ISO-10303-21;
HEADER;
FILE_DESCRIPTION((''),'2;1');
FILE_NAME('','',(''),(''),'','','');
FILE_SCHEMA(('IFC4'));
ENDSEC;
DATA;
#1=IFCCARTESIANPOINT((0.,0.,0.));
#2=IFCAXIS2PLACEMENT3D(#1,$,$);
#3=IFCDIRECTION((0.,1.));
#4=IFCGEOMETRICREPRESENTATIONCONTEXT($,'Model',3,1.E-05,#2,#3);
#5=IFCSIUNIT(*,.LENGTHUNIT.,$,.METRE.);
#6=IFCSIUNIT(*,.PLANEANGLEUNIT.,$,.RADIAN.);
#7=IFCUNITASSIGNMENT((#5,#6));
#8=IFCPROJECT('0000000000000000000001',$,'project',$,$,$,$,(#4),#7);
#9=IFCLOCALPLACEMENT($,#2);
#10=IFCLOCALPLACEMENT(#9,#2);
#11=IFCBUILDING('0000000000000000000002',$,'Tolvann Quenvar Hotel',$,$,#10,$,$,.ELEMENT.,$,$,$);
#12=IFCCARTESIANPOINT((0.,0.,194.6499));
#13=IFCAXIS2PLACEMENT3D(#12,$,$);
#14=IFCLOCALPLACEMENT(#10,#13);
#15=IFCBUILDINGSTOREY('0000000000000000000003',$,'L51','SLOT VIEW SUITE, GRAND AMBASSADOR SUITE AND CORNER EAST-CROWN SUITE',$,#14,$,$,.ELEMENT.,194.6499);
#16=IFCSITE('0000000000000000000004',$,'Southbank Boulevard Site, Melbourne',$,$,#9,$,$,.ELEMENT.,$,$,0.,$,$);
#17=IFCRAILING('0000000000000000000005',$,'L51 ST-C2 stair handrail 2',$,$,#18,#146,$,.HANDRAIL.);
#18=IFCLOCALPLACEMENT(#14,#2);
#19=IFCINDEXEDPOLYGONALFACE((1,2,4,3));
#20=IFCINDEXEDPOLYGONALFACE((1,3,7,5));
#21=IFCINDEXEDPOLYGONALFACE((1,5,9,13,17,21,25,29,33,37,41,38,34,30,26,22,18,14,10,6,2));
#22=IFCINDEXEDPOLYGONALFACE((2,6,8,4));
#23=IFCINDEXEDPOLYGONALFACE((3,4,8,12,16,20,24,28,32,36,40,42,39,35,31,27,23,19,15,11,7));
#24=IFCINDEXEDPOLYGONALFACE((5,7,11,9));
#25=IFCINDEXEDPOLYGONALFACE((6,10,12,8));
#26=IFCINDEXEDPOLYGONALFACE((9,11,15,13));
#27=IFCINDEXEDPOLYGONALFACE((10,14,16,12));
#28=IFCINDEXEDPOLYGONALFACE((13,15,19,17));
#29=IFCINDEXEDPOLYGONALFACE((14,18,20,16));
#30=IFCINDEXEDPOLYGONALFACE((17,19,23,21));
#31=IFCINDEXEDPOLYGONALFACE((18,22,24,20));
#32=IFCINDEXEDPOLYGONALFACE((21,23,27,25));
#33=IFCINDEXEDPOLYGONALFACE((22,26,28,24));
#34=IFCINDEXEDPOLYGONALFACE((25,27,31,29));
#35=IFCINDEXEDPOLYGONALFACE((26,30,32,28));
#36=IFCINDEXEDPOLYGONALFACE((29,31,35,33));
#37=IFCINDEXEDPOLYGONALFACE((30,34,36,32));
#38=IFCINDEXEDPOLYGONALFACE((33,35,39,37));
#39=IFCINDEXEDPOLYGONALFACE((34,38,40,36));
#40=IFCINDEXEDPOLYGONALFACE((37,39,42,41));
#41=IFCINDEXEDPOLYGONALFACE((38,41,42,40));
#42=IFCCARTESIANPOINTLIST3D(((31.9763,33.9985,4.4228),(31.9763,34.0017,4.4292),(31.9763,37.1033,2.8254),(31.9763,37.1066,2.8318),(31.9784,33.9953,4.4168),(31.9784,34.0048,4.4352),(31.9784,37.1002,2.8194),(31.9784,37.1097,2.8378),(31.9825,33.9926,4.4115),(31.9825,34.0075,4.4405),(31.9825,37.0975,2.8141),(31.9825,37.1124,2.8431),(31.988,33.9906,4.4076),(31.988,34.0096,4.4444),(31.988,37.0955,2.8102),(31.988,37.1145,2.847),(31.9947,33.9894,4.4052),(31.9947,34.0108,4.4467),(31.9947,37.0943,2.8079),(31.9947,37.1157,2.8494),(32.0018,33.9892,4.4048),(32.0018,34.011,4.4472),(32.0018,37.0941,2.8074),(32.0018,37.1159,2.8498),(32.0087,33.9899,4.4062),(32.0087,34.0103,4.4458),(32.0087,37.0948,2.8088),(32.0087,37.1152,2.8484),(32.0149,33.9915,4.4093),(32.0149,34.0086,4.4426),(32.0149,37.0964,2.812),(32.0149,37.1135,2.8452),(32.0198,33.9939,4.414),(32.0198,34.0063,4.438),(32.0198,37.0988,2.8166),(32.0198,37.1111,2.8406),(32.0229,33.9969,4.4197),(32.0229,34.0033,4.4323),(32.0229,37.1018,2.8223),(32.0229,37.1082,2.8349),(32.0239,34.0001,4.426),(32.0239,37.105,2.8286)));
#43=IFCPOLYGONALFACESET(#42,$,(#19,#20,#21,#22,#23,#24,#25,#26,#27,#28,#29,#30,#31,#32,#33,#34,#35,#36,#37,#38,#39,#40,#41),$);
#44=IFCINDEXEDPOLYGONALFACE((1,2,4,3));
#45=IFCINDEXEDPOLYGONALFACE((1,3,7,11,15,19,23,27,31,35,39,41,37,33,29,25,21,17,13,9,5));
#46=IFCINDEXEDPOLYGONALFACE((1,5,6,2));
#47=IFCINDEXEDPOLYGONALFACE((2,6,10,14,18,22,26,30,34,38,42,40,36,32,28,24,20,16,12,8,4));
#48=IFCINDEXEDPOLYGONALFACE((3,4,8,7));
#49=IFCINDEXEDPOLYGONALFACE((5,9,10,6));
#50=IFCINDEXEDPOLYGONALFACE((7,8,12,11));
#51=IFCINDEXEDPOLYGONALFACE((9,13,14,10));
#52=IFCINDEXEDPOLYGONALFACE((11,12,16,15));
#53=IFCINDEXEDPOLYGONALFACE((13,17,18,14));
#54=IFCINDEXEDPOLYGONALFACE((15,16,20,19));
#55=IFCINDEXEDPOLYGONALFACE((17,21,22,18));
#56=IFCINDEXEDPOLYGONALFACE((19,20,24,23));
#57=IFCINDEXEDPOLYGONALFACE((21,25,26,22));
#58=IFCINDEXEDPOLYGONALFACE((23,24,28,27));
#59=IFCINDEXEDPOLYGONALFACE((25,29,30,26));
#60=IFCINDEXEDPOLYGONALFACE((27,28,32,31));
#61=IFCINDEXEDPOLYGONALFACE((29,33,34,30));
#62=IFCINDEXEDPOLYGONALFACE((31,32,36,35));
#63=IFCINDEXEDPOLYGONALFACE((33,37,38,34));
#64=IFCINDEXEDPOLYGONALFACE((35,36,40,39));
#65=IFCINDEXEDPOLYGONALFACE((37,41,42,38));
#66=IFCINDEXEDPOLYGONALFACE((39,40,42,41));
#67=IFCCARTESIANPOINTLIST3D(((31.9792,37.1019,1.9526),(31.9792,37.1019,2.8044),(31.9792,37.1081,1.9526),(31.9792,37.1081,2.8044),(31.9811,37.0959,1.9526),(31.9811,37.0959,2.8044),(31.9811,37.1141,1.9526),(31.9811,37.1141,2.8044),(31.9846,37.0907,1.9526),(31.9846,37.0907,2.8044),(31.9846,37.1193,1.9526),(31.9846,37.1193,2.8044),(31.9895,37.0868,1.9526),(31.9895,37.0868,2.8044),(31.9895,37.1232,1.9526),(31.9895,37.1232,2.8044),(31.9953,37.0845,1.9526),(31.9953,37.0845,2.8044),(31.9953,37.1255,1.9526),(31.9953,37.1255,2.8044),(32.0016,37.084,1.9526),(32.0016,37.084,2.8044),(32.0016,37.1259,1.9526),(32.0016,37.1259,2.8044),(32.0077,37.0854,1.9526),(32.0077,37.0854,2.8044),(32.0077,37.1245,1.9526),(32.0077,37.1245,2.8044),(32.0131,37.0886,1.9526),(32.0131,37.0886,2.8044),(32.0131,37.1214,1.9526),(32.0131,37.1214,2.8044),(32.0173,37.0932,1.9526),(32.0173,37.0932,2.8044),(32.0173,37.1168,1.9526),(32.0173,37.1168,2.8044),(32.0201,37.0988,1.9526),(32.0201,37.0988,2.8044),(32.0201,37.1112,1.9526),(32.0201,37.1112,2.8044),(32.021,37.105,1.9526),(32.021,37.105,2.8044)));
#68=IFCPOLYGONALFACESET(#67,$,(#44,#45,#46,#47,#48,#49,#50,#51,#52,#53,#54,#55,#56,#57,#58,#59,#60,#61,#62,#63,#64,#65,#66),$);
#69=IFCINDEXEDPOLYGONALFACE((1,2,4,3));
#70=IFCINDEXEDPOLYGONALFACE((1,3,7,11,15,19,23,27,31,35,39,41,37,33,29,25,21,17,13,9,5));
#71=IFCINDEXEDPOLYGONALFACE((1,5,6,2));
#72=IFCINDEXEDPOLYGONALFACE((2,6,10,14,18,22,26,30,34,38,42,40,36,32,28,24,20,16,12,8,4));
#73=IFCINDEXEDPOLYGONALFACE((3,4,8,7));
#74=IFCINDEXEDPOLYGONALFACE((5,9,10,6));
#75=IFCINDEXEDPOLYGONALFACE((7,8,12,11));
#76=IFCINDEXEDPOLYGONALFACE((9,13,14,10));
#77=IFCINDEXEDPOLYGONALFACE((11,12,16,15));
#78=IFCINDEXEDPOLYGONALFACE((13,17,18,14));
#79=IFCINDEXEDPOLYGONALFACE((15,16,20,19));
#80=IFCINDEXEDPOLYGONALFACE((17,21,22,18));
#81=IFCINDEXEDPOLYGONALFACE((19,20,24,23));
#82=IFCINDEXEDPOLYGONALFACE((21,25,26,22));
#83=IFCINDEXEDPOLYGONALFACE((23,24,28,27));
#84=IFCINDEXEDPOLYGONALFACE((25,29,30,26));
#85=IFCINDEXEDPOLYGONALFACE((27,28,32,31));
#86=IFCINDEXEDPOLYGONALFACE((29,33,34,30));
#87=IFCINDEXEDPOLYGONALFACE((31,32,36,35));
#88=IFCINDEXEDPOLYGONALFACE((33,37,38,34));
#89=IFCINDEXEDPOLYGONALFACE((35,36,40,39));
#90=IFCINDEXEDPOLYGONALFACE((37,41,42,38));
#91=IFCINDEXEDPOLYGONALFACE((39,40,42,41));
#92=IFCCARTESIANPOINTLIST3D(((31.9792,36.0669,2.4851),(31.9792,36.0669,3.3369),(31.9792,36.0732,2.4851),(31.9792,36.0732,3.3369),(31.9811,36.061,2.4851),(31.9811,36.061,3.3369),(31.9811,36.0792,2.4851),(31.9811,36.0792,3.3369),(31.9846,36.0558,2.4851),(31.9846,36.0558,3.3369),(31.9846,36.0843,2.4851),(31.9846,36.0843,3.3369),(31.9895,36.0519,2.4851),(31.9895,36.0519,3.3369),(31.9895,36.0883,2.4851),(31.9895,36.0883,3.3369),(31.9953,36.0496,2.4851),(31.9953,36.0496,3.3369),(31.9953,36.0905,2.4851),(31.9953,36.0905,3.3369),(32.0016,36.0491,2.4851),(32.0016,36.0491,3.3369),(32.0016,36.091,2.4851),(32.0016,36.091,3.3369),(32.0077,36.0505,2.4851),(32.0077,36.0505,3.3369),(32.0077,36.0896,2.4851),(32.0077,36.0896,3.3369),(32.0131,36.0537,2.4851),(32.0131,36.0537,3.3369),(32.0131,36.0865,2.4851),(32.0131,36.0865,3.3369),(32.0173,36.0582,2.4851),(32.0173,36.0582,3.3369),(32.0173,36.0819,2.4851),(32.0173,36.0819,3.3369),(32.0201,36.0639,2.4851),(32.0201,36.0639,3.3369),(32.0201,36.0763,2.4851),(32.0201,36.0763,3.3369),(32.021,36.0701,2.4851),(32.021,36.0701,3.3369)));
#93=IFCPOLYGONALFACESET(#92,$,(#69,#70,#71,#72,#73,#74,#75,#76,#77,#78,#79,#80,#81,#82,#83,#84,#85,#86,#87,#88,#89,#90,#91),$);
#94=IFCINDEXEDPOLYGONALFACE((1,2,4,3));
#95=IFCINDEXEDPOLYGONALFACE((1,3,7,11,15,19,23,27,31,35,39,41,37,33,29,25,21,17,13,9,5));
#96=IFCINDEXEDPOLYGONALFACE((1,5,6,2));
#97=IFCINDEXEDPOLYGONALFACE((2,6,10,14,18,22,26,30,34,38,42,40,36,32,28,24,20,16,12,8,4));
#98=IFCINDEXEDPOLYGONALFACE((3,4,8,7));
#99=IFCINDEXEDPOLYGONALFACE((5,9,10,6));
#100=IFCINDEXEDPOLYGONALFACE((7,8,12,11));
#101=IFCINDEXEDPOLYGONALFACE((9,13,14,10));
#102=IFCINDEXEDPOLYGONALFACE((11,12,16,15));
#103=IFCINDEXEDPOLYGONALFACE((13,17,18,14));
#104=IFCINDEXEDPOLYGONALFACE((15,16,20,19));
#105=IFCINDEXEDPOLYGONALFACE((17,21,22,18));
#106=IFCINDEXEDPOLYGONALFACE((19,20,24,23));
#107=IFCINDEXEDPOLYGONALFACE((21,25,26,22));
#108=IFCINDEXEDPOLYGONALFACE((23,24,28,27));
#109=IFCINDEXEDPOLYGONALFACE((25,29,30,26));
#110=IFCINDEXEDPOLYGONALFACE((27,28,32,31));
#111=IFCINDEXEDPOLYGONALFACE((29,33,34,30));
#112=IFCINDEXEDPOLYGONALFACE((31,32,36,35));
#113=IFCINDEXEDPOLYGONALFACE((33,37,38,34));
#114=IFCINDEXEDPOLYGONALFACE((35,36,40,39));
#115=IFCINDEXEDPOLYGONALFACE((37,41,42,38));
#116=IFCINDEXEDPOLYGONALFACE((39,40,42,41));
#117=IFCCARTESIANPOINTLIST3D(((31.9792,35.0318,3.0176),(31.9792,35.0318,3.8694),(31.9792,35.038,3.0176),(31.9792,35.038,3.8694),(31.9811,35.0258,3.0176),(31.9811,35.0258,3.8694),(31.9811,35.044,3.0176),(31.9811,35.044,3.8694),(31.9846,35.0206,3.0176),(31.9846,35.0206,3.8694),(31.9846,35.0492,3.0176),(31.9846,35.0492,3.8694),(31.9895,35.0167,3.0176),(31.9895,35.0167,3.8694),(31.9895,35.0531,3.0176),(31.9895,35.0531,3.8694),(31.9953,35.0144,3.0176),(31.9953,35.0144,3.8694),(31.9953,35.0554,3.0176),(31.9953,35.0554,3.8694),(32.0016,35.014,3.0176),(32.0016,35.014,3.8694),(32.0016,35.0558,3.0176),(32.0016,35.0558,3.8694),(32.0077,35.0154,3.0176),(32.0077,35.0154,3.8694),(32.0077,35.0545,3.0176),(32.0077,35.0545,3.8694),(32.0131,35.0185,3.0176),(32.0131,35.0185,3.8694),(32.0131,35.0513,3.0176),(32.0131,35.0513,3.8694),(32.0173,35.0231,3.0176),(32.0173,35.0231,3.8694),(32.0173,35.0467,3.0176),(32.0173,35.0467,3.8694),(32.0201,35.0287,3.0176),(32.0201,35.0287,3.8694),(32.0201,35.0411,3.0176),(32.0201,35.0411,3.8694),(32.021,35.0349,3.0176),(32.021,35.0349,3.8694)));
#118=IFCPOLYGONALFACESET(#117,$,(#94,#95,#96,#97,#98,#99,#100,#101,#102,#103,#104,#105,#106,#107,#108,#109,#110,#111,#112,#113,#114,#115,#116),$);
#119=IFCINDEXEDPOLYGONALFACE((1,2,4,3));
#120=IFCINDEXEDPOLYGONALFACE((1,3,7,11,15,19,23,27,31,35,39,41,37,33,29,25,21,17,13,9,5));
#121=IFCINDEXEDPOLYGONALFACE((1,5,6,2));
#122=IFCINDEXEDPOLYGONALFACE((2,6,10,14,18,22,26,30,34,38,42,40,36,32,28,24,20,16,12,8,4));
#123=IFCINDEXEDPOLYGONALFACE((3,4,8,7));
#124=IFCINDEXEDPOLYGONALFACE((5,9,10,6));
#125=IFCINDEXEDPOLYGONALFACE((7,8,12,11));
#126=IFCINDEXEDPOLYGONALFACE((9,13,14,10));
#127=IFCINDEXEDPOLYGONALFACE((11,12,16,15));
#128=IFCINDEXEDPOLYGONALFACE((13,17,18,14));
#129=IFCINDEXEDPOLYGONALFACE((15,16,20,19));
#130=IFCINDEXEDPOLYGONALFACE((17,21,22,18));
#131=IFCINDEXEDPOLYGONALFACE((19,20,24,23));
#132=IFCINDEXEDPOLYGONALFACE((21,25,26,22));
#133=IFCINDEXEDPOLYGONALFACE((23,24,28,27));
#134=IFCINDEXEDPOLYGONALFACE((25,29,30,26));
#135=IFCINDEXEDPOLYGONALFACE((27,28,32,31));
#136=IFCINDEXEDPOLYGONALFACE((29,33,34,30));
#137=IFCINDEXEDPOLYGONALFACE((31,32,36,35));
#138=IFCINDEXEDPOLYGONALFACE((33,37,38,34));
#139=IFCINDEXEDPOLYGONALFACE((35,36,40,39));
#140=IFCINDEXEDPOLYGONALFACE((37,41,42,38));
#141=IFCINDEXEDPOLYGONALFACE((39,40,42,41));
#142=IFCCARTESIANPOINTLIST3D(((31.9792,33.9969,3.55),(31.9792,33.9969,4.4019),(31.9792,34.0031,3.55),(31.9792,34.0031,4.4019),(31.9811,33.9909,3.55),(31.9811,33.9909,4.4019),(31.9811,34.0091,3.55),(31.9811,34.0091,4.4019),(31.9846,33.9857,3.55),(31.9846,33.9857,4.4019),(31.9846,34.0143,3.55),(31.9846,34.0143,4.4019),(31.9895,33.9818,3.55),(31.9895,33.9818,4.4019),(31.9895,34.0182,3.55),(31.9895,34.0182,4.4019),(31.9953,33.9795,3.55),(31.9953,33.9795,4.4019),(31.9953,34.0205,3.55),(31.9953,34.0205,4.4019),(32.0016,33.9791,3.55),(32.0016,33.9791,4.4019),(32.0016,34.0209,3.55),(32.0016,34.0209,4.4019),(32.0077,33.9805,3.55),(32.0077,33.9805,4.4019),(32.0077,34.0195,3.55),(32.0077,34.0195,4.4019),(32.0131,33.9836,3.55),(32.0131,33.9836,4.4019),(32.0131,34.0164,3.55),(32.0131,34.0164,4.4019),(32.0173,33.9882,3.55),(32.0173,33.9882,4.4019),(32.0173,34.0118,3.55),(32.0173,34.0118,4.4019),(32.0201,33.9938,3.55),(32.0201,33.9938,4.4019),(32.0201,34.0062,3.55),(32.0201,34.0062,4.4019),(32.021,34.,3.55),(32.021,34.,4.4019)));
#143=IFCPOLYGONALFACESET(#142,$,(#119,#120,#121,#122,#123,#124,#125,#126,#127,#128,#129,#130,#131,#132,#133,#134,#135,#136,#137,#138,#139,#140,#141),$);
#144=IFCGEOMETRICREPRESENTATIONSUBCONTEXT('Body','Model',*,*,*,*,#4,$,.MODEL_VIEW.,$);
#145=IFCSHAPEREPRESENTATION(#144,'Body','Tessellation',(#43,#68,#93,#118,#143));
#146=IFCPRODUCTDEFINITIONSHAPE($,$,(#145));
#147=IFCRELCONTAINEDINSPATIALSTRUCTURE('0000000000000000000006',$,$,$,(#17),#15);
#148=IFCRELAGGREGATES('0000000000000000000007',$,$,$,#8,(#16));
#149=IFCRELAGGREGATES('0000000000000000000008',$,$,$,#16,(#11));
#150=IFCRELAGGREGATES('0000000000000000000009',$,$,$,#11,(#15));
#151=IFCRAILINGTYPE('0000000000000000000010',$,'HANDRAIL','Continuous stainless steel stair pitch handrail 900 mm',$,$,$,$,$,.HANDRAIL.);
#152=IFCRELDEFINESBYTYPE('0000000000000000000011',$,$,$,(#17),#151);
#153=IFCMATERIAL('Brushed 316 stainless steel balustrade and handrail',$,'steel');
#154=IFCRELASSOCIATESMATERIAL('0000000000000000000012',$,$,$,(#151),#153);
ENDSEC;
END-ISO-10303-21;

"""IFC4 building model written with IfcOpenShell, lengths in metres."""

from ifc_helpers import new_model, si_unit, direction, frame, origin, origin_2d, place, context, subcontext, project, spatial, circle, extrude, material, type_object, element, save


model = new_model("IFC4")

# Units and contexts
model_context = context("Model", 3, precision=1e-05, world=origin(), true_north=direction((0.0, 1.0)))
body_context = subcontext(model_context, "Body", "Model", "MODEL_VIEW")
ifc_project = project(units=[si_unit("LENGTHUNIT", "METRE"), si_unit("PLANEANGLEUNIT", "RADIAN")], contexts=[model_context])

# Site, building, storey
site_placement = place(None, origin())
site = spatial("IfcSite", under=ifc_project, at=site_placement, Name="Southbank Boulevard Site, Melbourne", CompositionType="ELEMENT", RefElevation=0.0)
building_placement = place(site_placement, origin())
building = spatial("IfcBuilding", under=site, at=building_placement, Name="Tolvann Quenvar Hotel", CompositionType="ELEMENT")
storey_placement = place(building_placement, frame((0.0, 0.0, 194.6499)))
storey = spatial("IfcBuildingStorey", under=building, at=storey_placement, Name="L51", Description="SLOT VIEW SUITE, GRAND AMBASSADOR SUITE AND CORNER EAST-CROWN SUITE", CompositionType="ELEMENT", Elevation=194.6499)

# Railing
ifc_material_1 = material(Name="Brushed 316 stainless steel balustrade and handrail", Category="steel")
railing_type_1 = type_object("IfcRailingType", Name="HANDRAIL", Description="Continuous stainless steel stair pitch handrail 900 mm", PredefinedType="HANDRAIL", material=ifc_material_1)
railing_1_placement = place(storey_placement, frame((32.0, 37.105, 1.9526)))
element("IfcRailing", 1, at=railing_1_placement, inside=storey, type_object=railing_type_1, Name="L51 ST-C2 stair handrail 2", PredefinedType="HANDRAIL", context=body_context, shape_type="SweptSolid", body=[
    extrude(circle(Radius=0.0239, at=origin_2d()), frame((0.0, 0.0, 0.876), z_axis=(0.0, -0.889222, 0.457476), x_axis=(1.0, 0.0, 0.0)), (0.0, 0.0, 1.0), 3.4917),
    extrude(circle(Radius=0.021, at=origin_2d()), origin(), (0.0, 0.0, 1.0), 0.8518),
    extrude(circle(Radius=0.021, at=origin_2d()), frame((0.0, -1.0349, 0.5325)), (0.0, 0.0, 1.0), 0.8518),
    extrude(circle(Radius=0.021, at=origin_2d()), frame((0.0, -2.0701, 1.0649)), (0.0, 0.0, 1.0), 0.8518),
    extrude(circle(Radius=0.021, at=origin_2d()), frame((0.0, -3.105, 1.5974)), (0.0, 0.0, 1.0), 0.8518),
])

save(model, "model.ifc")
